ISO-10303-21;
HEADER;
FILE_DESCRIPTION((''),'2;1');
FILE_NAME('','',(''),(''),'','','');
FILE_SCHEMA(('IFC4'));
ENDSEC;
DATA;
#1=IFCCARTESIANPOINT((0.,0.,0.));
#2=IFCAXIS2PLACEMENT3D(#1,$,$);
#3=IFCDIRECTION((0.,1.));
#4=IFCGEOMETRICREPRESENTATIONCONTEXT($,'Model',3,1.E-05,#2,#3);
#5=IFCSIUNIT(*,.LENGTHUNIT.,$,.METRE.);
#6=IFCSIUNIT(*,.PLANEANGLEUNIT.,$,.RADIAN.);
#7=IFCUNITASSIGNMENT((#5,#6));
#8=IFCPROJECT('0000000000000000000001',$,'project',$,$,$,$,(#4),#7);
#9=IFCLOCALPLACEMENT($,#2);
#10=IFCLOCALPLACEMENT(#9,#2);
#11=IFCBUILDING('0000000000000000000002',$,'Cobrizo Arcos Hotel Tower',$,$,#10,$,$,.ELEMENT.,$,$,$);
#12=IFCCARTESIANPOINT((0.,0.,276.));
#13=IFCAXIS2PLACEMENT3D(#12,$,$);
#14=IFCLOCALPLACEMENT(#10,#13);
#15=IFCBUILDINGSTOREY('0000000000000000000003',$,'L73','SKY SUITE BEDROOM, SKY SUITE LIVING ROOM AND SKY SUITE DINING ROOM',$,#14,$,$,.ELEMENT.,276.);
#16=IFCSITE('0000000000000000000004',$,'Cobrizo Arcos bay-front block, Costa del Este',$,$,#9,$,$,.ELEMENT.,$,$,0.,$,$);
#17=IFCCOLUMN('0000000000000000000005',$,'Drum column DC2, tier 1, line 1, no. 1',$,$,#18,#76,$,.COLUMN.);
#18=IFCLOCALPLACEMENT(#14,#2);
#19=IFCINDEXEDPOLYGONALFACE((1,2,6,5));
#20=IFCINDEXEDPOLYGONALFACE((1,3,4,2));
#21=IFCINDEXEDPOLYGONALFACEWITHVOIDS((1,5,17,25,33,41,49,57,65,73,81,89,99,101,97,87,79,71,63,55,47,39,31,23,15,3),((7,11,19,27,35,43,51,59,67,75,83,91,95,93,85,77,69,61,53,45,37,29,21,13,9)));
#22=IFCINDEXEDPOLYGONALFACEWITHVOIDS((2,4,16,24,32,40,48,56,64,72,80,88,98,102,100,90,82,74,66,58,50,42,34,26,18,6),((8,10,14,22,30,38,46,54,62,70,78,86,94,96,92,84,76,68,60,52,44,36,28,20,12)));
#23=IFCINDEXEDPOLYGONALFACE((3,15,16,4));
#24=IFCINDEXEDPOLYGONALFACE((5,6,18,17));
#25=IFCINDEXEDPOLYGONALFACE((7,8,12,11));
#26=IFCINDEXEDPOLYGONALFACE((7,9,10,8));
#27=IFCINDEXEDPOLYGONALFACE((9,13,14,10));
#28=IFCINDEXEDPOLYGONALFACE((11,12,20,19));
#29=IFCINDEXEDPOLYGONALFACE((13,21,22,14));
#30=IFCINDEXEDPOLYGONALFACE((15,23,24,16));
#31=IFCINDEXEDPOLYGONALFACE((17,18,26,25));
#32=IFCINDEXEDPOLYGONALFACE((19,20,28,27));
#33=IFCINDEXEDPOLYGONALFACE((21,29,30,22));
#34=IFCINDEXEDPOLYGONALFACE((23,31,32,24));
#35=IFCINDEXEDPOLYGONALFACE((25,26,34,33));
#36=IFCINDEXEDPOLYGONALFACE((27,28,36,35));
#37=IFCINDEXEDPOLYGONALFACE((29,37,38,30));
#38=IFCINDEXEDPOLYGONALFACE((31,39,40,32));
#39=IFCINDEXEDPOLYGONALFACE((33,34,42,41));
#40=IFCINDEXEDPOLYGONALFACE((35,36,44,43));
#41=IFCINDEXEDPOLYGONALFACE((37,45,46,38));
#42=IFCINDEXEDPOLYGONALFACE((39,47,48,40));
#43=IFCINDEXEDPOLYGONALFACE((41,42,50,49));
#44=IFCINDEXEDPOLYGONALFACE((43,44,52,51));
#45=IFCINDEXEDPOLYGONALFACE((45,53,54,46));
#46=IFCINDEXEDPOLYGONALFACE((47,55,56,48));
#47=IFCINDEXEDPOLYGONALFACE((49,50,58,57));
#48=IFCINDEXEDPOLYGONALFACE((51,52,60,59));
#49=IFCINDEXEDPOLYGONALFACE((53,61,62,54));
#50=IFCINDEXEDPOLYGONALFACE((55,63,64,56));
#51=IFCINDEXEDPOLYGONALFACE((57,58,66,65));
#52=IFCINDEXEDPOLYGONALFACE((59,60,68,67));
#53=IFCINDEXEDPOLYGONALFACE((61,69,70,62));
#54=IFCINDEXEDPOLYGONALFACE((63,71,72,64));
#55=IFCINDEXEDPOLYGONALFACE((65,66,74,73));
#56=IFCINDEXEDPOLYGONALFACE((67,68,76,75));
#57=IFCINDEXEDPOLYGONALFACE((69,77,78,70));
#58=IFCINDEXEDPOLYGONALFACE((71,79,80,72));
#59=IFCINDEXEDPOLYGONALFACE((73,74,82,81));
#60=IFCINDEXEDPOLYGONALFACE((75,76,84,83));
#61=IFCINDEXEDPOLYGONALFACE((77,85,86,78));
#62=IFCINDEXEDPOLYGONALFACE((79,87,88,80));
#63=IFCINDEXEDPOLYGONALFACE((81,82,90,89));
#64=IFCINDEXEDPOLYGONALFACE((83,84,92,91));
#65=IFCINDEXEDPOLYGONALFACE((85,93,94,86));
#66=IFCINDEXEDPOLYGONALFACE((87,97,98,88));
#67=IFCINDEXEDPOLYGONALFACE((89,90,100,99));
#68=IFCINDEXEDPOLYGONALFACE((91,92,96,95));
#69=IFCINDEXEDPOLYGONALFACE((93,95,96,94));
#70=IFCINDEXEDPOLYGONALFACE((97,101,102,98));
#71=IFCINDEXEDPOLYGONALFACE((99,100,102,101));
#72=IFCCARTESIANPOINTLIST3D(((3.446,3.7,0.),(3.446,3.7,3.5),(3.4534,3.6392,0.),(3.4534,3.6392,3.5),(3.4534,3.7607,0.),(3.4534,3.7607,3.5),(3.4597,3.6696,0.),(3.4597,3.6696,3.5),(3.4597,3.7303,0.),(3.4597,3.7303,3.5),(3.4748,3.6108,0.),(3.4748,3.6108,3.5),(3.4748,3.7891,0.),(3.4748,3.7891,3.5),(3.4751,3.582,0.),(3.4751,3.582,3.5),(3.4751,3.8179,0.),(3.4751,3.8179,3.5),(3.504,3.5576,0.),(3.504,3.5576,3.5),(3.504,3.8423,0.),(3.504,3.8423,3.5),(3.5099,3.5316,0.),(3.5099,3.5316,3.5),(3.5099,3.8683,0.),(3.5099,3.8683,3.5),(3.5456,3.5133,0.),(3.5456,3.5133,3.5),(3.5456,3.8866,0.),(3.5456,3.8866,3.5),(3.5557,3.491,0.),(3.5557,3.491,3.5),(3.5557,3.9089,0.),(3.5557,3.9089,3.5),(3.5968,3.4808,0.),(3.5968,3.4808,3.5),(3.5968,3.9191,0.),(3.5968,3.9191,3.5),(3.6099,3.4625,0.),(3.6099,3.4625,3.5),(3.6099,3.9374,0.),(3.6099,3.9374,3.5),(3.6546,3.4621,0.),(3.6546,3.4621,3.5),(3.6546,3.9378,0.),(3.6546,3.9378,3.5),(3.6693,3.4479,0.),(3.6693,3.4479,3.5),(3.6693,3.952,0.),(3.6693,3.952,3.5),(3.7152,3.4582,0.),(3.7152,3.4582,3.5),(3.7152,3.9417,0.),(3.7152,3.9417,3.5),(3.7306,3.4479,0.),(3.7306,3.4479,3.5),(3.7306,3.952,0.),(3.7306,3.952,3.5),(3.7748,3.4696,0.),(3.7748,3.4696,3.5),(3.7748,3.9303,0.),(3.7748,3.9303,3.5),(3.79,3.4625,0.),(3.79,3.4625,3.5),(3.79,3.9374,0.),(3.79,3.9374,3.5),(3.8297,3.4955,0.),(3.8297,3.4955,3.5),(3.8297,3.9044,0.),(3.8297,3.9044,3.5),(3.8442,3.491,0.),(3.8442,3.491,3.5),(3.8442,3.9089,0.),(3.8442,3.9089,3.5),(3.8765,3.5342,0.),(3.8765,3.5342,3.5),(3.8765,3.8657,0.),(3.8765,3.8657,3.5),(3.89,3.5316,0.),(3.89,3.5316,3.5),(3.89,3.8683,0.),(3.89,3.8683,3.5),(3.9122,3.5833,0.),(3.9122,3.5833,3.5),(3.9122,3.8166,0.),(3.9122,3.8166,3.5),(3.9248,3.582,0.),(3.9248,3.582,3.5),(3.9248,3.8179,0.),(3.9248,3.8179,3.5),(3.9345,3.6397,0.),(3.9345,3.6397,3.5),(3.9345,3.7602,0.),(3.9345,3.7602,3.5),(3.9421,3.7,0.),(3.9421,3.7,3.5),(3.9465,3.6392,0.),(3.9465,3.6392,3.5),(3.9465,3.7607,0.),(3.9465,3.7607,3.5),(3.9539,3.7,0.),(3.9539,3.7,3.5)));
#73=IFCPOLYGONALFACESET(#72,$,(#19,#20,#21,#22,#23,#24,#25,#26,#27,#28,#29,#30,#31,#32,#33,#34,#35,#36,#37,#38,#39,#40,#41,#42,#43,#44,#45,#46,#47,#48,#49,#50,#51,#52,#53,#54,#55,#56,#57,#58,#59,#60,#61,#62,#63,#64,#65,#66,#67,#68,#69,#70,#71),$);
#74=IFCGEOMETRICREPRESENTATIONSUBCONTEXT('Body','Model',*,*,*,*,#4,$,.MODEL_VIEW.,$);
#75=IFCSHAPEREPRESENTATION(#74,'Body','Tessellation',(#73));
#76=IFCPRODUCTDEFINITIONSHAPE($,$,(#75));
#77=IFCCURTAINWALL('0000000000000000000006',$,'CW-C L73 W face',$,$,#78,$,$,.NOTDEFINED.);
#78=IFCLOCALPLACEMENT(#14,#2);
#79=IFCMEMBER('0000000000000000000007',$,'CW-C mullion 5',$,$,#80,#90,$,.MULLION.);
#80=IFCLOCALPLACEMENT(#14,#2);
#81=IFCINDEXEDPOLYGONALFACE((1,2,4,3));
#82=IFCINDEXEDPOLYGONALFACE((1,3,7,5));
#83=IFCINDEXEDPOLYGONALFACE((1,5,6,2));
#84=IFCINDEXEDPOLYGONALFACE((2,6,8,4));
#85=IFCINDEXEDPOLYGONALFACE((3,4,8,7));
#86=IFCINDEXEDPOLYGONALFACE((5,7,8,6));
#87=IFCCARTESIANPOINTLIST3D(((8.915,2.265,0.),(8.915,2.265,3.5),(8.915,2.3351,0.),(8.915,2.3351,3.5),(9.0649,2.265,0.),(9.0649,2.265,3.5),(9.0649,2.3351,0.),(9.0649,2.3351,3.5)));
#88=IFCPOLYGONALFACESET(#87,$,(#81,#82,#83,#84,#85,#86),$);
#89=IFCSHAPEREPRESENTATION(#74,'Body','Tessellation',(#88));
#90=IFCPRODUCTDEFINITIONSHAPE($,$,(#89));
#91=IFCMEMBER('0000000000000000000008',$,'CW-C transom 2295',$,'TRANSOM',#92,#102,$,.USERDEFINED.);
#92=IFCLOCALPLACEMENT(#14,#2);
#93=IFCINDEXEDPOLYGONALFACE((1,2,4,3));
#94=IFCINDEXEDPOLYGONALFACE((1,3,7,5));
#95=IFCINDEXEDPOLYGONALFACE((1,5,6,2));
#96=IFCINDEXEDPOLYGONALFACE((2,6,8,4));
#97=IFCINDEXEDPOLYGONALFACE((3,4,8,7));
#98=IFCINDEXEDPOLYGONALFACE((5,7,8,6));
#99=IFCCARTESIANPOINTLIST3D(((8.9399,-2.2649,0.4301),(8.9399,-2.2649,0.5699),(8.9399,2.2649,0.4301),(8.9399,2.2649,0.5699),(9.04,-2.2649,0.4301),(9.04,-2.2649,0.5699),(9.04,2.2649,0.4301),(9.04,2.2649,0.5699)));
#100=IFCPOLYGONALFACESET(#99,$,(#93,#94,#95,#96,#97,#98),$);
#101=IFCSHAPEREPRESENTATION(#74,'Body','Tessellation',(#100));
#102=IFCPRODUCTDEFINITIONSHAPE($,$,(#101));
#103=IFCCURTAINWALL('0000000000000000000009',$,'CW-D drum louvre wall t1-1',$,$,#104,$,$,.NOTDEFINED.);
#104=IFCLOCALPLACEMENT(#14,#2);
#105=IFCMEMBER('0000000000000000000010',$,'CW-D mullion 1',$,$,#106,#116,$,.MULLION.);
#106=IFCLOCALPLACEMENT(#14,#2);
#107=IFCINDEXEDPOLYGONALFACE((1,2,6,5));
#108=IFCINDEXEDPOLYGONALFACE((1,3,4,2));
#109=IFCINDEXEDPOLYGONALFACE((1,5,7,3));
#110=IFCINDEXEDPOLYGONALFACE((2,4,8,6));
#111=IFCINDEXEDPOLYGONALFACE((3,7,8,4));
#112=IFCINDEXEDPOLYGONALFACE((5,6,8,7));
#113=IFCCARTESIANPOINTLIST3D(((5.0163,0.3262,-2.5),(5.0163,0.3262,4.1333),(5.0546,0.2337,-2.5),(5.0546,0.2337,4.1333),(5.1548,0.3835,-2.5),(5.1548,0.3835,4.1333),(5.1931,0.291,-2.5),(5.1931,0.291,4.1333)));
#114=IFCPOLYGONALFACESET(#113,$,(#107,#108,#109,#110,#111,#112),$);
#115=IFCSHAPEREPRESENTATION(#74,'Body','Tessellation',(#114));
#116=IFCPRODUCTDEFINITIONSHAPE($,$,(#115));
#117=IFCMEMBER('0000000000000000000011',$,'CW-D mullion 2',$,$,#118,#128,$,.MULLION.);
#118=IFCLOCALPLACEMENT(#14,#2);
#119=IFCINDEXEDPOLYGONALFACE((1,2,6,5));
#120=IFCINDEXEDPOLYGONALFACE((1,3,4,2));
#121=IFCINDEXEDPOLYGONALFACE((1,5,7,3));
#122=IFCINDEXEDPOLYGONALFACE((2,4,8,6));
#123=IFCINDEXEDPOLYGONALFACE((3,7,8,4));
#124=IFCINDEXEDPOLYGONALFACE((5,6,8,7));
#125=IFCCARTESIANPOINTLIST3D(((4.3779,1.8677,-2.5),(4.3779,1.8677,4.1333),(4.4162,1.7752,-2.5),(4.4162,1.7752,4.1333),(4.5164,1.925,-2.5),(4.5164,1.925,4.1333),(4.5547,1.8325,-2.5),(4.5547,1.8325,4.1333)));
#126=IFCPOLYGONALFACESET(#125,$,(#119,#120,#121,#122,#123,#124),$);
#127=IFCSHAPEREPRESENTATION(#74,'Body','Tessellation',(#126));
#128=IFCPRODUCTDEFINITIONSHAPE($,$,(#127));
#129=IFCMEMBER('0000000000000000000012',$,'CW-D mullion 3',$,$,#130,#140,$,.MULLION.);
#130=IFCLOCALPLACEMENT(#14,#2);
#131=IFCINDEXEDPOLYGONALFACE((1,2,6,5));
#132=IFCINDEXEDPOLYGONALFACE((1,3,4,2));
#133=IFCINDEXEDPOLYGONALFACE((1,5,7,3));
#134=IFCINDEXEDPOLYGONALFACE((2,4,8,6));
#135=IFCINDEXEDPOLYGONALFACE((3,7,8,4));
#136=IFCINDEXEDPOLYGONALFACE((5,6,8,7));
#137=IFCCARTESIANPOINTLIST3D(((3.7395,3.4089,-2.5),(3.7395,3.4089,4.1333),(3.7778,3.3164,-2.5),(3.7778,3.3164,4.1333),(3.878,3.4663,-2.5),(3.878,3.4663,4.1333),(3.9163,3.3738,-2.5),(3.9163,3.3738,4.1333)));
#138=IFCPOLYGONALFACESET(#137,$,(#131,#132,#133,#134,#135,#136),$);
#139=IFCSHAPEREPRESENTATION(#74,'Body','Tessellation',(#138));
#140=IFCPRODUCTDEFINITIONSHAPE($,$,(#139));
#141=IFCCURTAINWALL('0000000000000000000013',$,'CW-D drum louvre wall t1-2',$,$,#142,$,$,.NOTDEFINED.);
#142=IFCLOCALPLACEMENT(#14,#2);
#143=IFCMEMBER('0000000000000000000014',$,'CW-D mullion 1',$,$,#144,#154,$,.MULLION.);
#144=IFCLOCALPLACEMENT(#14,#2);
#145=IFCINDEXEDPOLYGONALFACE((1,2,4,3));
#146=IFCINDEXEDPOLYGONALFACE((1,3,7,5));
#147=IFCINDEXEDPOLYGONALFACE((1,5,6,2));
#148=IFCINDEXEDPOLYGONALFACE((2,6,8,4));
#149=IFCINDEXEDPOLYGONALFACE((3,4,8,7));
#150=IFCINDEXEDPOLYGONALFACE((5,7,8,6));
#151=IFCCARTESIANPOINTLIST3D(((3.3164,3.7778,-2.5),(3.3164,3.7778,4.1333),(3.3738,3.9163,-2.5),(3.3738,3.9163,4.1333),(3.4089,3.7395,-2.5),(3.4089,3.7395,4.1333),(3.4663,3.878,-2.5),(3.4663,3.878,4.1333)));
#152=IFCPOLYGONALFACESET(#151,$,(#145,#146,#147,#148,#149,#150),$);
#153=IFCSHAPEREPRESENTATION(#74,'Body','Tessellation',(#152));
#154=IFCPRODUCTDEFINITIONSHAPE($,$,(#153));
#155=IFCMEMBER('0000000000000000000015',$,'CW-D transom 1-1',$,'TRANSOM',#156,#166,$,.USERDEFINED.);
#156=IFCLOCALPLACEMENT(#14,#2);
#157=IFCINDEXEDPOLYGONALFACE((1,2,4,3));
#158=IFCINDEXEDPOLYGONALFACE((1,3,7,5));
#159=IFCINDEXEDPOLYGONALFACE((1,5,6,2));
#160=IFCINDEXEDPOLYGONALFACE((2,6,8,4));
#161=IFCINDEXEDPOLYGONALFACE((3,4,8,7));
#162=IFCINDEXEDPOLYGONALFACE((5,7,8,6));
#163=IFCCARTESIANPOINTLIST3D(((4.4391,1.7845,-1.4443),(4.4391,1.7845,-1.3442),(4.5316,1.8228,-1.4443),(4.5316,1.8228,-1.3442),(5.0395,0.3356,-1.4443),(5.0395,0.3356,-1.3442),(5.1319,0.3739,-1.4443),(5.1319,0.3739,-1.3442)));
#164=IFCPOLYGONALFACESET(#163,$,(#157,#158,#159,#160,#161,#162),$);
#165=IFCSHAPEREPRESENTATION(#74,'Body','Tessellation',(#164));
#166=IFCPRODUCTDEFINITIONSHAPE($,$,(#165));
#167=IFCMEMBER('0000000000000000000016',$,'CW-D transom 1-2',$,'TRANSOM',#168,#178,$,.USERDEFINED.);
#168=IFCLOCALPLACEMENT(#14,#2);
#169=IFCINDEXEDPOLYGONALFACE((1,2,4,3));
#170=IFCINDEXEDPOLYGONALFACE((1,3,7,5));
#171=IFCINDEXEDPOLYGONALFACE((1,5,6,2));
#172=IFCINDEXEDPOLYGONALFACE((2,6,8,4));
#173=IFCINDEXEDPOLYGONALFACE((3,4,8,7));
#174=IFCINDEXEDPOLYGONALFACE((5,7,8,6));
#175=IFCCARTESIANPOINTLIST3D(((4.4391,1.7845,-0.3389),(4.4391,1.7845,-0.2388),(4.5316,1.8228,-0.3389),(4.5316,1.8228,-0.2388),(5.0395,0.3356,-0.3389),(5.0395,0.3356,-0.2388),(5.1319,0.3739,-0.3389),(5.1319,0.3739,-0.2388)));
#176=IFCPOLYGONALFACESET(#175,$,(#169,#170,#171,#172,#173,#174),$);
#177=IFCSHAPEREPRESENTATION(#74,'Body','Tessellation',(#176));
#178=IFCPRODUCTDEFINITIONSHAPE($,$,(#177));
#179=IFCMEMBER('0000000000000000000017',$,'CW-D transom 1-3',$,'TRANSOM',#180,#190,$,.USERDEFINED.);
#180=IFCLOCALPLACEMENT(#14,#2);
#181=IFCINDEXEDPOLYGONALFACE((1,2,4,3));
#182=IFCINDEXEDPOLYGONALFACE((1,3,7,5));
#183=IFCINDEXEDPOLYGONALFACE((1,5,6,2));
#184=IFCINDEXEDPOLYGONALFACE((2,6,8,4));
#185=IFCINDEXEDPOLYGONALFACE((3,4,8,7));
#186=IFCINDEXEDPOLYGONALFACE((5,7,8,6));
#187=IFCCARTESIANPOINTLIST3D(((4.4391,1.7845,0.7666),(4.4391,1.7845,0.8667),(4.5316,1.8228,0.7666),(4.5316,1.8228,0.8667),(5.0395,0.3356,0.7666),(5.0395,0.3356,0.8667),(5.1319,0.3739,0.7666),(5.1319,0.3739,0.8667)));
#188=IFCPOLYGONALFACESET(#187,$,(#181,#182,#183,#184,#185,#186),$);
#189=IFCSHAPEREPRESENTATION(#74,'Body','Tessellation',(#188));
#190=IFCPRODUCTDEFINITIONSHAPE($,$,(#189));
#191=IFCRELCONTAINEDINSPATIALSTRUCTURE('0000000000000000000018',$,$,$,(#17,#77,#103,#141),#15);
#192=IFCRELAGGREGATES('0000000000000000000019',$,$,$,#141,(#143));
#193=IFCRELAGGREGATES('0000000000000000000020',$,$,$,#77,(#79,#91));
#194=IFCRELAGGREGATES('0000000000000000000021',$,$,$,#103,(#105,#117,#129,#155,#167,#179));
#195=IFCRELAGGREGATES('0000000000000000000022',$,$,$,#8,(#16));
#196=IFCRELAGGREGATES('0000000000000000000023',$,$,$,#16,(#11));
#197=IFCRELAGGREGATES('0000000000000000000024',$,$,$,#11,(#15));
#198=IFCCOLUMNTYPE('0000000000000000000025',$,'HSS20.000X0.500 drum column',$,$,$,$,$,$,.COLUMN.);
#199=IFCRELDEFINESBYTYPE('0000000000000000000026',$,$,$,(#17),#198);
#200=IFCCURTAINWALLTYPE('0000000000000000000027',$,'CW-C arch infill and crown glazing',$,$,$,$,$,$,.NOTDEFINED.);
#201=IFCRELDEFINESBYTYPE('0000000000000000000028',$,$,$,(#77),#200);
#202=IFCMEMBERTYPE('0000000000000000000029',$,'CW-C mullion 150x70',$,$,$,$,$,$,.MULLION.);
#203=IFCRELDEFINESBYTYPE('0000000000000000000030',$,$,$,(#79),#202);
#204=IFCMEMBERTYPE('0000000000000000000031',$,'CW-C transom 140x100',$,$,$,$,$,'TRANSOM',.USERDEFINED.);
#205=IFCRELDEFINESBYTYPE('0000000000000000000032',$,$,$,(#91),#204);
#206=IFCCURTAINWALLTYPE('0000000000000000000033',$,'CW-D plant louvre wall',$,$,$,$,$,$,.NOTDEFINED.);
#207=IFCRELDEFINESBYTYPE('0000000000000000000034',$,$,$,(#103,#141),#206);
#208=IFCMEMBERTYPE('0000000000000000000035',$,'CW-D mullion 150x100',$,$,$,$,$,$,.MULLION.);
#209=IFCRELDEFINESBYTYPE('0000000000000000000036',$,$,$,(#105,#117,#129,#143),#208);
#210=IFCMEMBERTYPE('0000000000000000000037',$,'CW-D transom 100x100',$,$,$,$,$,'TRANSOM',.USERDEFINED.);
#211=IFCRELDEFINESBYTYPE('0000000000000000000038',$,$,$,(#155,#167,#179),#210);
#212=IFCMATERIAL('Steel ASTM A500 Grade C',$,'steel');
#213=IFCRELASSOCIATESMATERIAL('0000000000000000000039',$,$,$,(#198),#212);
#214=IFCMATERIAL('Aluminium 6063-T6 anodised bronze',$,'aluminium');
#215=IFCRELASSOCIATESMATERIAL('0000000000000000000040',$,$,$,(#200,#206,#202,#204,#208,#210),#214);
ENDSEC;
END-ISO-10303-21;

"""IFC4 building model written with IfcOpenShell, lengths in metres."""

from ifc_helpers import new_model, si_unit, direction, frame, origin, origin_2d, place, context, subcontext, project, spatial, rectangle, hollow_circle, extrude, material, material_profile, profile_set, type_object, element, aggregate, save


model = new_model("IFC4")

# Units and contexts
model_context = context("Model", 3, precision=1e-05, world=origin(), true_north=direction((0.0, 1.0)))
body_context = subcontext(model_context, "Body", "Model", "MODEL_VIEW")
ifc_project = project(units=[si_unit("LENGTHUNIT", "METRE"), si_unit("PLANEANGLEUNIT", "RADIAN")], contexts=[model_context])

# Site, building, storey
site_placement = place(None, origin())
site = spatial("IfcSite", under=ifc_project, at=site_placement, Name="Cobrizo Arcos bay-front block, Costa del Este", CompositionType="ELEMENT", RefElevation=0.0)
building_placement = place(site_placement, origin())
building = spatial("IfcBuilding", under=site, at=building_placement, Name="Cobrizo Arcos Hotel Tower", CompositionType="ELEMENT")
storey_placement = place(building_placement, frame((0.0, 0.0, 276.0)))
storey = spatial("IfcBuildingStorey", under=building, at=storey_placement, Name="L73", Description="SKY SUITE BEDROOM, SKY SUITE LIVING ROOM AND SKY SUITE DINING ROOM", CompositionType="ELEMENT", Elevation=276.0)

# Column
ifc_material_1 = material(Name="Steel ASTM A500 Grade C", Category="steel")
ifc_material_profile_1 = material_profile(ifc_material_1, hollow_circle(Radius=0.2539, WallThickness=0.0117, at=origin_2d()), Name="HSS20.000X0.500")
ifc_profile_set_1 = profile_set([ifc_material_profile_1], Name="Steel ASTM A500 Grade C")
column_type = type_object("IfcColumnType", Name="HSS20.000X0.500 drum column", PredefinedType="COLUMN", material=ifc_profile_set_1)
column_placement = place(storey_placement, frame((3.7, 3.7, 0.0), z_axis=(0.0, 0.0, 1.0), x_axis=(1.0, 0.0, 0.0)))
element("IfcColumn", 1, at=column_placement, inside=storey, type_object=column_type, Name="Drum column DC2, tier 1, line 1, no. 1", PredefinedType="COLUMN", context=body_context, shape_type="SweptSolid", body=[
    extrude(hollow_circle(Radius=0.2539, WallThickness=0.0117, at=origin_2d()), origin(), (0.0, 0.0, 1.0), 3.5),
])

# Curtain walls, members
ifc_material_2 = material(Name="Aluminium 6063-T6 anodised bronze", Category="aluminium")
curtain_wall_type_1 = type_object("IfcCurtainWallType", Name="CW-C arch infill and crown glazing", PredefinedType="NOTDEFINED", material=ifc_material_2)
curtain_wall_1_placement = place(storey_placement, origin())
curtain_wall_1 = element("IfcCurtainWall", 2, at=curtain_wall_1_placement, inside=storey, type_object=curtain_wall_type_1, Name="CW-C L73 W face", PredefinedType="NOTDEFINED")
ifc_material_profile_2 = material_profile(ifc_material_2, rectangle(XDim=0.1499, YDim=0.0701, at=origin_2d()), Name="CW-C mullion 150x70")
ifc_profile_set_2 = profile_set([ifc_material_profile_2], Name="Aluminium 6063-T6 anodised bronze")
member_type_1 = type_object("IfcMemberType", Name="CW-C mullion 150x70", PredefinedType="MULLION", material=ifc_profile_set_2)
member_1_placement = place(storey_placement, frame((8.99, 2.3, 0.0), z_axis=(0.0, 0.0, 1.0), x_axis=(-1.0, 0.0, 0.0)))
member_1 = element("IfcMember", 3, at=member_1_placement, type_object=member_type_1, Name="CW-C mullion 5", PredefinedType="MULLION", context=body_context, shape_type="SweptSolid", body=[
    extrude(rectangle(XDim=0.1499, YDim=0.0701, at=origin_2d()), origin(), (0.0, 0.0, 1.0), 3.5),
])
ifc_material_profile_3 = material_profile(ifc_material_2, rectangle(XDim=0.1001, YDim=0.1399, at=origin_2d()), Name="CW-C transom 140x100")
ifc_profile_set_3 = profile_set([ifc_material_profile_3], Name="Aluminium 6063-T6 anodised bronze")
member_type_2 = type_object("IfcMemberType", Name="CW-C transom 140x100", ElementType="TRANSOM", PredefinedType="USERDEFINED", material=ifc_profile_set_3)
member_2_placement = place(storey_placement, frame((8.99, 2.2649, 0.5), z_axis=(0.0, -1.0, 0.0), x_axis=(1.0, 0.0, 0.0)))
member_2 = element("IfcMember", 4, at=member_2_placement, type_object=member_type_2, Name="CW-C transom 2295", ObjectType="TRANSOM", PredefinedType="USERDEFINED", context=body_context, shape_type="SweptSolid", body=[
    extrude(rectangle(XDim=0.1001, YDim=0.1399, at=origin_2d()), origin(), (0.0, 0.0, 1.0), 4.5298),
])
curtain_wall_type_2 = type_object("IfcCurtainWallType", Name="CW-D plant louvre wall", PredefinedType="NOTDEFINED", material=ifc_material_2)
curtain_wall_2_placement = place(storey_placement, origin())
curtain_wall_2 = element("IfcCurtainWall", 5, at=curtain_wall_2_placement, inside=storey, type_object=curtain_wall_type_2, Name="CW-D drum louvre wall t1-1", PredefinedType="NOTDEFINED")
ifc_material_profile_4 = material_profile(ifc_material_2, rectangle(XDim=0.1499, YDim=0.1001, at=origin_2d()), Name="CW-D mullion 150x100")
ifc_profile_set_4 = profile_set([ifc_material_profile_4], Name="Aluminium 6063-T6 anodised bronze")
member_type_3 = type_object("IfcMemberType", Name="CW-D mullion 150x100", PredefinedType="MULLION", material=ifc_profile_set_4)
member_3_placement = place(storey_placement, frame((5.1047, 0.3086, -2.5), z_axis=(0.0, 0.0, 1.0), x_axis=(0.92388, 0.382683, 0.0)))
member_3 = element("IfcMember", 6, at=member_3_placement, type_object=member_type_3, Name="CW-D mullion 1", PredefinedType="MULLION", context=body_context, shape_type="SweptSolid", body=[
    extrude(rectangle(XDim=0.1499, YDim=0.1001, at=origin_2d()), origin(), (0.0, 0.0, 1.0), 6.6333),
])
member_4_placement = place(storey_placement, frame((4.4663, 1.8501, -2.5), z_axis=(0.0, 0.0, 1.0), x_axis=(0.92388, 0.382683, 0.0)))
member_4 = element("IfcMember", 7, at=member_4_placement, type_object=member_type_3, Name="CW-D mullion 2", PredefinedType="MULLION", context=body_context, shape_type="SweptSolid", body=[
    extrude(rectangle(XDim=0.1499, YDim=0.1001, at=origin_2d()), origin(), (0.0, 0.0, 1.0), 6.6333),
])
member_5_placement = place(storey_placement, frame((3.8279, 3.3914, -2.5), z_axis=(0.0, 0.0, 1.0), x_axis=(0.92388, 0.382683, 0.0)))
member_5 = element("IfcMember", 8, at=member_5_placement, type_object=member_type_3, Name="CW-D mullion 3", PredefinedType="MULLION", context=body_context, shape_type="SweptSolid", body=[
    extrude(rectangle(XDim=0.1499, YDim=0.1001, at=origin_2d()), origin(), (0.0, 0.0, 1.0), 6.6333),
])

# Curtain wall, member
curtain_wall_3_placement = place(storey_placement, origin())
curtain_wall_3 = element("IfcCurtainWall", 9, at=curtain_wall_3_placement, inside=storey, type_object=curtain_wall_type_2, Name="CW-D drum louvre wall t1-2", PredefinedType="NOTDEFINED")
member_6_placement = place(storey_placement, frame((3.3914, 3.8279, -2.5), z_axis=(0.0, 0.0, 1.0), x_axis=(0.382683, 0.92388, 0.0)))
member_6 = element("IfcMember", 10, at=member_6_placement, type_object=member_type_3, Name="CW-D mullion 1", PredefinedType="MULLION", context=body_context, shape_type="SweptSolid", body=[
    extrude(rectangle(XDim=0.1499, YDim=0.1001, at=origin_2d()), origin(), (0.0, 0.0, 1.0), 6.6333),
])

# Members
ifc_material_profile_5 = material_profile(ifc_material_2, rectangle(XDim=0.1001, YDim=0.1001, at=origin_2d()), Name="CW-D transom 100x100")
ifc_profile_set_5 = profile_set([ifc_material_profile_5], Name="Aluminium 6063-T6 anodised bronze")
member_type_4 = type_object("IfcMemberType", Name="CW-D transom 100x100", ElementType="TRANSOM", PredefinedType="USERDEFINED", material=ifc_profile_set_5)
member_7_placement = place(storey_placement, frame((5.0857, 0.3547, -1.3943), z_axis=(-0.382769, 0.923844, 0.0), x_axis=(-0.923844, -0.382769, 0.0)))
member_7 = element("IfcMember", 11, at=member_7_placement, type_object=member_type_4, Name="CW-D transom 1-1", ObjectType="TRANSOM", PredefinedType="USERDEFINED", context=body_context, shape_type="SweptSolid", body=[
    extrude(rectangle(XDim=0.1001, YDim=0.1001, at=origin_2d()), origin(), (0.0, 0.0, 1.0), 1.5684),
])
member_8_placement = place(storey_placement, frame((5.0857, 0.3547, -0.2888), z_axis=(-0.382769, 0.923844, 0.0), x_axis=(-0.923844, -0.382769, 0.0)))
member_8 = element("IfcMember", 12, at=member_8_placement, type_object=member_type_4, Name="CW-D transom 1-2", ObjectType="TRANSOM", PredefinedType="USERDEFINED", context=body_context, shape_type="SweptSolid", body=[
    extrude(rectangle(XDim=0.1001, YDim=0.1001, at=origin_2d()), origin(), (0.0, 0.0, 1.0), 1.5684),
])
member_9_placement = place(storey_placement, frame((5.0857, 0.3547, 0.8167), z_axis=(-0.382769, 0.923844, 0.0), x_axis=(-0.923844, -0.382769, 0.0)))
member_9 = element("IfcMember", 13, at=member_9_placement, type_object=member_type_4, Name="CW-D transom 1-3", ObjectType="TRANSOM", PredefinedType="USERDEFINED", context=body_context, shape_type="SweptSolid", body=[
    extrude(rectangle(XDim=0.1001, YDim=0.1001, at=origin_2d()), origin(), (0.0, 0.0, 1.0), 1.5684),
])
aggregate(curtain_wall_3, [member_6])

aggregate(curtain_wall_1, [member_1, member_2])
aggregate(curtain_wall_2, [member_3, member_4, member_5, member_7, member_8, member_9])

save(model, "model.ifc")
